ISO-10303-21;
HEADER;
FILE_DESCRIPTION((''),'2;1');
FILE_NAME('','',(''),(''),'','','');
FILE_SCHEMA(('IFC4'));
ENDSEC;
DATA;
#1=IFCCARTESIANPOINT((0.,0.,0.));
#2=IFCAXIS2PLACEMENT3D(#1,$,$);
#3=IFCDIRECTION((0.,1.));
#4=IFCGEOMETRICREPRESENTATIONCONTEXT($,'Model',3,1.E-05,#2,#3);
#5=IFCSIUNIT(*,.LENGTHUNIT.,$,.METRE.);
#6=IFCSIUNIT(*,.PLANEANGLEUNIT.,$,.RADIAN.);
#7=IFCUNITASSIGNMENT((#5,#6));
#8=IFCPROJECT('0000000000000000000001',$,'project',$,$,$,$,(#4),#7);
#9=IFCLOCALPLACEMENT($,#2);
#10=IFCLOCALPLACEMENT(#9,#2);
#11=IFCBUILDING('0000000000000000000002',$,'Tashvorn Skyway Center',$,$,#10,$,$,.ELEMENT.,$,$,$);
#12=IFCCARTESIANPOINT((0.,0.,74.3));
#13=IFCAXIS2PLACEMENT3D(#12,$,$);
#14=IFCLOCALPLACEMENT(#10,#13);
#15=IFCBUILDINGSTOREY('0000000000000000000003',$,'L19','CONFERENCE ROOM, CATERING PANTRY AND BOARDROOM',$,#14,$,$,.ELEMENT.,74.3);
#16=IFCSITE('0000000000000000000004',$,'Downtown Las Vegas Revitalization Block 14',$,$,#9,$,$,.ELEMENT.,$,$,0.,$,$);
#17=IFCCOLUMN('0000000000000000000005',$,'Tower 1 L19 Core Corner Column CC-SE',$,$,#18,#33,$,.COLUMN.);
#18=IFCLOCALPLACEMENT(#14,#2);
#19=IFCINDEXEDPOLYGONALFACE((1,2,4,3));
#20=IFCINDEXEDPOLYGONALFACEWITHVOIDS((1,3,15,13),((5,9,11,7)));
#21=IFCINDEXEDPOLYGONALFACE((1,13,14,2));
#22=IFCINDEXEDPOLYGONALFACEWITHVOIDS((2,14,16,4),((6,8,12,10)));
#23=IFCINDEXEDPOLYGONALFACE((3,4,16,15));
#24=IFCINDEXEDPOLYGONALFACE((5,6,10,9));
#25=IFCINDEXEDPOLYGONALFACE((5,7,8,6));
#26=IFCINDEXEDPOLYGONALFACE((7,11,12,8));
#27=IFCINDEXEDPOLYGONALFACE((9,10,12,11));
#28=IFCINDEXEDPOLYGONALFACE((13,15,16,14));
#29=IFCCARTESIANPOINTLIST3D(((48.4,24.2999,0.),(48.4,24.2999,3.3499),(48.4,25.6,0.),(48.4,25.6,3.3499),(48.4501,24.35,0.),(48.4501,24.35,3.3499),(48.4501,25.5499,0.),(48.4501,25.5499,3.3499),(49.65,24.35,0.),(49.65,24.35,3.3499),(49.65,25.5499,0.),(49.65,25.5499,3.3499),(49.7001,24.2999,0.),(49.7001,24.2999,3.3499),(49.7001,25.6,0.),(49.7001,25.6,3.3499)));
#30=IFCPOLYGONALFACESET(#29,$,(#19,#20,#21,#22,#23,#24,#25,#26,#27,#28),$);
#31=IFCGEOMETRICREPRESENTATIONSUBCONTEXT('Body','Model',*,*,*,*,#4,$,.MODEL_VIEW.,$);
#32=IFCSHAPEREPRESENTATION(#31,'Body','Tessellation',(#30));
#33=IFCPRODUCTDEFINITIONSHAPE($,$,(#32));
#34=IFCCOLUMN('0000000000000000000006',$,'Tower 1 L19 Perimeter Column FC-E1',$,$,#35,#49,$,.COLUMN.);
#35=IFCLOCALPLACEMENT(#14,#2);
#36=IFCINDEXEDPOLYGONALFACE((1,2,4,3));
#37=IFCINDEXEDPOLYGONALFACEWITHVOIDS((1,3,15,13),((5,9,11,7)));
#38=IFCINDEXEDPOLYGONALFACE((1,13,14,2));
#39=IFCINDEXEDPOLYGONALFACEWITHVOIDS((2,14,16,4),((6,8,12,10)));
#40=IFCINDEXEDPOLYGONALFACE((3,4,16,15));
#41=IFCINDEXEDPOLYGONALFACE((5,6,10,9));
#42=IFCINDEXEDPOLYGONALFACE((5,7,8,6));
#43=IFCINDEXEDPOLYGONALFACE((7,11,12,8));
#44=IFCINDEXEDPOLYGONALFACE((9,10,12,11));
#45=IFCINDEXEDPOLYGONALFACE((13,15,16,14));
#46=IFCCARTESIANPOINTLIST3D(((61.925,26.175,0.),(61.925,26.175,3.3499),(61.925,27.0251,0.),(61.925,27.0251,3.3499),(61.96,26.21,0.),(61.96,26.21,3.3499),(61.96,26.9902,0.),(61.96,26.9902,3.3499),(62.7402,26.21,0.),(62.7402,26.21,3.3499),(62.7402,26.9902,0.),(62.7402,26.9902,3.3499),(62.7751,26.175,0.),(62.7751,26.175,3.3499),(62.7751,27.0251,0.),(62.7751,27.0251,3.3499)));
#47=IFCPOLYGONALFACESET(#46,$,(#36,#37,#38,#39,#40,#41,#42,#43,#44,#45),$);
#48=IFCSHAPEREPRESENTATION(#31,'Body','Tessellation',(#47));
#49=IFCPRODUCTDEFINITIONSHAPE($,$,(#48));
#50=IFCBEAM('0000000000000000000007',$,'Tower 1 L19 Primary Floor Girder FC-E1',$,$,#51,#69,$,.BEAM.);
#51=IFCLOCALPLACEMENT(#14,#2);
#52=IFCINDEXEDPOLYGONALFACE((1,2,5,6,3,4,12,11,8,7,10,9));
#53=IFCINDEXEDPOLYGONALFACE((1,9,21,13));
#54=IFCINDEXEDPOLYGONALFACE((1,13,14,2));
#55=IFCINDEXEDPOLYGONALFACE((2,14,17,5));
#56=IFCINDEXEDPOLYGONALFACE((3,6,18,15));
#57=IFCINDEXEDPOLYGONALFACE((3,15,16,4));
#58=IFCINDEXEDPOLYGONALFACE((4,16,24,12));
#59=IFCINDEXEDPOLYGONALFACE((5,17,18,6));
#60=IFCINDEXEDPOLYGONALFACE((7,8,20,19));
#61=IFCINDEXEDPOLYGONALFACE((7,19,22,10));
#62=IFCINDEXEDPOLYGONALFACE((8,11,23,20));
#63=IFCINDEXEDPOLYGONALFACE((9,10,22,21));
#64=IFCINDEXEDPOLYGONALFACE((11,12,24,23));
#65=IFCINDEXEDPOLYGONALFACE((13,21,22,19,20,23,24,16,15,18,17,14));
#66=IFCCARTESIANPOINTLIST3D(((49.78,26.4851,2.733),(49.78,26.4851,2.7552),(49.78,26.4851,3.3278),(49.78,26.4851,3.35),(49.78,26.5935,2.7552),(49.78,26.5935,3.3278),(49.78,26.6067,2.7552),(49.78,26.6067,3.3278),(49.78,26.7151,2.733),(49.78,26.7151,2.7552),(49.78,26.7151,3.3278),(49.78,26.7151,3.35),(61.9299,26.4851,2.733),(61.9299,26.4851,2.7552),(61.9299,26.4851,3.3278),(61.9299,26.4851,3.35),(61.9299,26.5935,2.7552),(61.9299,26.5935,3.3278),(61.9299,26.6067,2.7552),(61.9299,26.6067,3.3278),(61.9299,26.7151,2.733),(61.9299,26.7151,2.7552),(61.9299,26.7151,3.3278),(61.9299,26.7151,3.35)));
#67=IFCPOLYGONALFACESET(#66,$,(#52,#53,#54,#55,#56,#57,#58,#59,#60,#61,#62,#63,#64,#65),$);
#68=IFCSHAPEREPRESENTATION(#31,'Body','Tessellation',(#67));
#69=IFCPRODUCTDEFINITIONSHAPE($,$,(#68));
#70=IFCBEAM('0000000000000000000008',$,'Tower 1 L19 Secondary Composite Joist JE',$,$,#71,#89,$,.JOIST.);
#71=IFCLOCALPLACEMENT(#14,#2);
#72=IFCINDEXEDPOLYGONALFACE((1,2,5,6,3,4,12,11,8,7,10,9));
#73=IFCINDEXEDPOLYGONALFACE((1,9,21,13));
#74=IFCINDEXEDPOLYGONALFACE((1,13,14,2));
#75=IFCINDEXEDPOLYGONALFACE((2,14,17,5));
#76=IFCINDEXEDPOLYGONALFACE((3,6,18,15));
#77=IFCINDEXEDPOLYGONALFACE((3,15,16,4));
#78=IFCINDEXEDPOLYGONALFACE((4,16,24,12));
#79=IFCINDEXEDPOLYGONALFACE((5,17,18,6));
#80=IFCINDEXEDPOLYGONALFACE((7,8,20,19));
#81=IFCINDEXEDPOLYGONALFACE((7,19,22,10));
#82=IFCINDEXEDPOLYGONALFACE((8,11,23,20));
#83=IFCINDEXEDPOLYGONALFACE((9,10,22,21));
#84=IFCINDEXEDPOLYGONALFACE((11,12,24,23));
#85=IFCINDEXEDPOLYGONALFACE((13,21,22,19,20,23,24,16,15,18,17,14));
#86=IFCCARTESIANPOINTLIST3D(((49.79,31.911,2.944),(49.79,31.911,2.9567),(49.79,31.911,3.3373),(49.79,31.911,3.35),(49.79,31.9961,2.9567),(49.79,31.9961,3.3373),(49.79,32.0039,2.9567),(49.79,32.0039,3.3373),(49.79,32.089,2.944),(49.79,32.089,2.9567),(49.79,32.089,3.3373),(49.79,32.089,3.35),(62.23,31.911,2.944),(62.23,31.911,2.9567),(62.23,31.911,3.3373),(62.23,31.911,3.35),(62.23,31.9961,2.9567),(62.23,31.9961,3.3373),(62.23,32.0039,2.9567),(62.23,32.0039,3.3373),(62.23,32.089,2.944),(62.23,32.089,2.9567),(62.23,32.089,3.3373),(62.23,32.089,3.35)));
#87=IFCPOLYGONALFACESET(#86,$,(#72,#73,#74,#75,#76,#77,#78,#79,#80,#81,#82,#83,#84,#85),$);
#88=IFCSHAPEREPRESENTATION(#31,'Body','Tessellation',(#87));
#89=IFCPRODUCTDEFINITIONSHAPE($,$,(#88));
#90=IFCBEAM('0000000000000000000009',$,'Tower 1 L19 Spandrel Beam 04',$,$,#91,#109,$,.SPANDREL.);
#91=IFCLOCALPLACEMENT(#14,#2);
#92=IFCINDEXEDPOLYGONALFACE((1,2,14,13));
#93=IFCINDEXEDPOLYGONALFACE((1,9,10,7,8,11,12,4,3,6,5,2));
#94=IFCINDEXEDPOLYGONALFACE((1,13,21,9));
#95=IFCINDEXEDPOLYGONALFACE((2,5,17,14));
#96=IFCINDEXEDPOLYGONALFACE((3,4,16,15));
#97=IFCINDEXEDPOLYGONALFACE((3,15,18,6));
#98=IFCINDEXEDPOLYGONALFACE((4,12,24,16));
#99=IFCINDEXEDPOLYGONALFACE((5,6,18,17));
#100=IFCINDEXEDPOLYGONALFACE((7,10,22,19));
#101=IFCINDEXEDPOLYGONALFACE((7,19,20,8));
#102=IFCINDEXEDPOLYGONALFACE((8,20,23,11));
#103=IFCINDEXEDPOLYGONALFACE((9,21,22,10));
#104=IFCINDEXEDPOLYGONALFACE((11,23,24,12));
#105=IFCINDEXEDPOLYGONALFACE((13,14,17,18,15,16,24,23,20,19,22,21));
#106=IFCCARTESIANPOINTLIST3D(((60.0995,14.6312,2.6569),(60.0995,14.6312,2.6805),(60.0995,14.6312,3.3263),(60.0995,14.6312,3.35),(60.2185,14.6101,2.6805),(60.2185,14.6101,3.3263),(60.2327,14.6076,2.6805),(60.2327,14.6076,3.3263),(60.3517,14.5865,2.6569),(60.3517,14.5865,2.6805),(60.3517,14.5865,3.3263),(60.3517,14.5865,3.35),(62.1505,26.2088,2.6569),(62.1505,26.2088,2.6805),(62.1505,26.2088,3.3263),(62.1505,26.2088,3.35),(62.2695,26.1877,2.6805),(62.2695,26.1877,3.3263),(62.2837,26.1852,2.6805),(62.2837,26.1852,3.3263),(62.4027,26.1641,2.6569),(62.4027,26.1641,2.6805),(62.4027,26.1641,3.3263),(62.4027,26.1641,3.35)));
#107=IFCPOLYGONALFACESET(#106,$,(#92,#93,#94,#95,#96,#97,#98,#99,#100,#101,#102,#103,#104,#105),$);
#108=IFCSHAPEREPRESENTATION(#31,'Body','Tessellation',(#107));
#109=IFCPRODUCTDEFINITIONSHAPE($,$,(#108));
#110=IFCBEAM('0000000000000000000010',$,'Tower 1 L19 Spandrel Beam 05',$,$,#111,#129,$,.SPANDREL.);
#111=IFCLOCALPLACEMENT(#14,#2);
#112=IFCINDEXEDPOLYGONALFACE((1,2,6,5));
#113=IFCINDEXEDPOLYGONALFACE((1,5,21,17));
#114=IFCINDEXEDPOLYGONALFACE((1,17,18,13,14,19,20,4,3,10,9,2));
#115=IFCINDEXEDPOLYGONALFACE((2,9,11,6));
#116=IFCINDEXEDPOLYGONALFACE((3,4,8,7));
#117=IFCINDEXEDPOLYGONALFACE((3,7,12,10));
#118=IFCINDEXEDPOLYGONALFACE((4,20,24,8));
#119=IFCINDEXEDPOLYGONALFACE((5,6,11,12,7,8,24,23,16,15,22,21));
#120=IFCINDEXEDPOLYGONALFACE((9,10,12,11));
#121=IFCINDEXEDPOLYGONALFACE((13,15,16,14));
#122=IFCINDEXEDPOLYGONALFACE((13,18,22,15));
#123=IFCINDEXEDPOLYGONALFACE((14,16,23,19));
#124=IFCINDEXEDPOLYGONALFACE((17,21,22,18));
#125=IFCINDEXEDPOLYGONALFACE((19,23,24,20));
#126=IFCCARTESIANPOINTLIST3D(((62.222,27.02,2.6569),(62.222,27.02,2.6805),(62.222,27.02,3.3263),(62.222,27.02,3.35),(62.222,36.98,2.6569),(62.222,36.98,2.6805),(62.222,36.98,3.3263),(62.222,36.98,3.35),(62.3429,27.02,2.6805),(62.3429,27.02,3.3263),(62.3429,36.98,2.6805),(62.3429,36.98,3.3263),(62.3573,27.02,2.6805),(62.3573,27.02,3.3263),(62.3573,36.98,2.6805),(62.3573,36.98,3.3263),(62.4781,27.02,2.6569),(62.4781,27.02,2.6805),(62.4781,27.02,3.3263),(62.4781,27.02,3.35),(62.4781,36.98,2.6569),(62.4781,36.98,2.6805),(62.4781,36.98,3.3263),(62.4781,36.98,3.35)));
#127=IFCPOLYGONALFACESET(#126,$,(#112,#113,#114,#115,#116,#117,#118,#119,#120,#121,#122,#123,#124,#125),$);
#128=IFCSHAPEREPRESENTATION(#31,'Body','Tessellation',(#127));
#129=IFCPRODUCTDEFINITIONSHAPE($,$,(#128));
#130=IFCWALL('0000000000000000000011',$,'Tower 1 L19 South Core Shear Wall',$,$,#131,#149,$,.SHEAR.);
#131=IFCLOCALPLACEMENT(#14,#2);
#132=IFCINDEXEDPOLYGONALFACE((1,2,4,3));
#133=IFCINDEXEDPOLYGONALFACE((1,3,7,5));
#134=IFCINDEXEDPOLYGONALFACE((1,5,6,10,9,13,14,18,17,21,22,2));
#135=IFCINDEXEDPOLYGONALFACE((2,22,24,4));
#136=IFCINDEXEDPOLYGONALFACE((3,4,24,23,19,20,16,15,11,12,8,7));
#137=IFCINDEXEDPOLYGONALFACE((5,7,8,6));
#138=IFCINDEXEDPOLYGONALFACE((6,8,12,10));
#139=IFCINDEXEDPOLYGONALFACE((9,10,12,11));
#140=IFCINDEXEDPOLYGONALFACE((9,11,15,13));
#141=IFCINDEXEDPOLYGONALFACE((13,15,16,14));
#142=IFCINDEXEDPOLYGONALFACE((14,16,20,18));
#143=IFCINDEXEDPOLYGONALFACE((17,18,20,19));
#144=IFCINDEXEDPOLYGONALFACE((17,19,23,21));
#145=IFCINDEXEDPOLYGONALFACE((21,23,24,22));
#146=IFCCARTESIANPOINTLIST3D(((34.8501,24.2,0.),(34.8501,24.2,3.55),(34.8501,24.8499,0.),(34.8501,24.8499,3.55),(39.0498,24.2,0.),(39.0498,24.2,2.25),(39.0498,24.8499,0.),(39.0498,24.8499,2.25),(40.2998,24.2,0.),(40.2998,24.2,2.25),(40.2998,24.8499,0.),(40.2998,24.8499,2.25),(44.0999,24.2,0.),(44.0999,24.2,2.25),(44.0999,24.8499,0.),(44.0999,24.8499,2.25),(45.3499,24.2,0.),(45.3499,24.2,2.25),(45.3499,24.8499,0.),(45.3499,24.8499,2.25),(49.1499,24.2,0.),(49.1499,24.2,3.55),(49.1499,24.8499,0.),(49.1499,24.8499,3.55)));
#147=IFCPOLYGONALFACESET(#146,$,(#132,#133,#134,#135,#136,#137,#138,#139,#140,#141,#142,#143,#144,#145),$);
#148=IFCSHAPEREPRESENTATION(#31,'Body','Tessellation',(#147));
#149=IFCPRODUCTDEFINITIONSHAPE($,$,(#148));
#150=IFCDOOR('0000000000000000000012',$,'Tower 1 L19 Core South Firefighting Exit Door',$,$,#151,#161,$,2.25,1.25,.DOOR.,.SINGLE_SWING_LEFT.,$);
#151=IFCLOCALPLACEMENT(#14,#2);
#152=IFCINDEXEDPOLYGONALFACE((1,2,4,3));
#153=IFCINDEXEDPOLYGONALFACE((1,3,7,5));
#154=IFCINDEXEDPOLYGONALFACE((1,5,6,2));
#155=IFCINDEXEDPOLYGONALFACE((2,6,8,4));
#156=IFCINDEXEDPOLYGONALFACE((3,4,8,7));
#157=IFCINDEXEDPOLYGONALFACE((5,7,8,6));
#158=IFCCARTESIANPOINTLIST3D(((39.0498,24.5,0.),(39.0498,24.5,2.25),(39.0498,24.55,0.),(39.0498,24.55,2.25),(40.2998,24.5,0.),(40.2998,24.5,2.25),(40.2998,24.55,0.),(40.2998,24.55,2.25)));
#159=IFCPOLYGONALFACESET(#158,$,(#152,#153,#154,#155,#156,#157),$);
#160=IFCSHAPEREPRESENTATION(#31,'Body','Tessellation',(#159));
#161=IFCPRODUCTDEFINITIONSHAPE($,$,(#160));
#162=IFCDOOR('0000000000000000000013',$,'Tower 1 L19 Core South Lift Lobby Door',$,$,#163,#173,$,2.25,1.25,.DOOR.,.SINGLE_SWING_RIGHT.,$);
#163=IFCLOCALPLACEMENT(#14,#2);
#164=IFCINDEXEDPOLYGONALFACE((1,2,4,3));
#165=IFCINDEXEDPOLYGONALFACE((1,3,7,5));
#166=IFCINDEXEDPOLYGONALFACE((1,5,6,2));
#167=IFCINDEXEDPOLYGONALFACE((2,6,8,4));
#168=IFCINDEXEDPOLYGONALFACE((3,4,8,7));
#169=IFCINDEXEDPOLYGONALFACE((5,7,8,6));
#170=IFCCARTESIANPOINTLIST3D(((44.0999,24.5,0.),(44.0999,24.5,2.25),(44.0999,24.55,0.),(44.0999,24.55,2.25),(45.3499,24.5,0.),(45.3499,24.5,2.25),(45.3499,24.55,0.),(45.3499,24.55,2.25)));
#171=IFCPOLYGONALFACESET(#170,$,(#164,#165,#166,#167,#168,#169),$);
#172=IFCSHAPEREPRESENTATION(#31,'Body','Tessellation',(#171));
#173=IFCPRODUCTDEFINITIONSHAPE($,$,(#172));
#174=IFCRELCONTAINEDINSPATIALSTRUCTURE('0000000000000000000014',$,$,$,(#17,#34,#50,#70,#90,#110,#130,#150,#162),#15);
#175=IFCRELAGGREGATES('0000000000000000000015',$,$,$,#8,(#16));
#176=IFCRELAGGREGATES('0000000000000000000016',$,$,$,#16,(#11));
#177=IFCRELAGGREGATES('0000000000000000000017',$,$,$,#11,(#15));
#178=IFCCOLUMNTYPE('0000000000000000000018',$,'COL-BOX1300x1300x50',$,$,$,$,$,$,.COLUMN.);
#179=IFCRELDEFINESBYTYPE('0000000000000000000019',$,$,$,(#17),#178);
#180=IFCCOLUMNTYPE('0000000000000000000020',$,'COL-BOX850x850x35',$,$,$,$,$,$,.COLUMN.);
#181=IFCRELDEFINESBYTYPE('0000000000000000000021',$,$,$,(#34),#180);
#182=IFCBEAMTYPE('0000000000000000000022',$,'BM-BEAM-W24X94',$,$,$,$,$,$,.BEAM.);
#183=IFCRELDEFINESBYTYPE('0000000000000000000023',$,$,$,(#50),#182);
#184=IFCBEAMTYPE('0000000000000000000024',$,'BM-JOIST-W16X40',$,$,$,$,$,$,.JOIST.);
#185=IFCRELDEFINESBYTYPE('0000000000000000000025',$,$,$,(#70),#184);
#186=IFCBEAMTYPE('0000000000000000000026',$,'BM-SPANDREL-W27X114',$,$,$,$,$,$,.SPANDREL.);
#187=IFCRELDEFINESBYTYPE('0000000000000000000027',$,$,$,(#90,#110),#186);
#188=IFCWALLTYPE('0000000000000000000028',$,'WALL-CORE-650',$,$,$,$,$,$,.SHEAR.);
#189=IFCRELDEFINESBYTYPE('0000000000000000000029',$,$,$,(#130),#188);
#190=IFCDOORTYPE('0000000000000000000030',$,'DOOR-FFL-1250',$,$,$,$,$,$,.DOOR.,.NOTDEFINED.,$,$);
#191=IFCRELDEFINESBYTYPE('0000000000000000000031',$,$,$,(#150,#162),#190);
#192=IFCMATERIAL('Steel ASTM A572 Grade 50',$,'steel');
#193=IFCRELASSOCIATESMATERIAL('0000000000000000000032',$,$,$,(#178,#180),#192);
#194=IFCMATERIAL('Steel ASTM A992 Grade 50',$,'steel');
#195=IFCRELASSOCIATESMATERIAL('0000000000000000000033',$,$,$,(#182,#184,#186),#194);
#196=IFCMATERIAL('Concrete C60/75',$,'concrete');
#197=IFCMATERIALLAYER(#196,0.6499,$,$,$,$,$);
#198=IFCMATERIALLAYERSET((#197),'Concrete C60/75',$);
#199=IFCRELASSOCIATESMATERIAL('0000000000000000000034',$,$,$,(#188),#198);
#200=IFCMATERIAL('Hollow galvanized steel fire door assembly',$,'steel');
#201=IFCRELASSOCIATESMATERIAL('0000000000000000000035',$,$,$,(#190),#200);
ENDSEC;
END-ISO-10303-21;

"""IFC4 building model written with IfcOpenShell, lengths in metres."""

from ifc_helpers import new_model, si_unit, direction, frame, frame_2d, origin, origin_2d, place, context, subcontext, project, spatial, rectangle, hollow_rectangle, i_section, extrude, material, layer, layer_set, material_profile, profile_set, type_object, element, fill, save


model = new_model("IFC4")

# Units and contexts
model_context = context("Model", 3, precision=1e-05, world=origin(), true_north=direction((0.0, 1.0)))
body_context = subcontext(model_context, "Body", "Model", "MODEL_VIEW")
ifc_project = project(units=[si_unit("LENGTHUNIT", "METRE"), si_unit("PLANEANGLEUNIT", "RADIAN")], contexts=[model_context])

# Site, building, storey
site_placement = place(None, origin())
site = spatial("IfcSite", under=ifc_project, at=site_placement, Name="Downtown Las Vegas Revitalization Block 14", CompositionType="ELEMENT", RefElevation=0.0)
building_placement = place(site_placement, origin())
building = spatial("IfcBuilding", under=site, at=building_placement, Name="Tashvorn Skyway Center", CompositionType="ELEMENT")
storey_placement = place(building_placement, frame((0.0, 0.0, 74.3)))
storey = spatial("IfcBuildingStorey", under=building, at=storey_placement, Name="L19", Description="CONFERENCE ROOM, CATERING PANTRY AND BOARDROOM", CompositionType="ELEMENT", Elevation=74.3)

# Columns
ifc_material_1 = material(Name="Steel ASTM A572 Grade 50", Category="steel")
ifc_material_profile_1 = material_profile(ifc_material_1, hollow_rectangle(XDim=1.3, YDim=1.3, WallThickness=0.05, at=origin_2d()), Name="BOX1300x1300x50")
ifc_profile_set_1 = profile_set([ifc_material_profile_1], Name="Steel ASTM A572 Grade 50")
column_type_1 = type_object("IfcColumnType", Name="COL-BOX1300x1300x50", PredefinedType="COLUMN", material=ifc_profile_set_1)
column_1_placement = place(storey_placement, frame((49.05, 24.95, 0.0), z_axis=(0.0, 0.0, 1.0), x_axis=(1.0, 0.0, 0.0)))
element("IfcColumn", 1, at=column_1_placement, inside=storey, type_object=column_type_1, Name="Tower 1 L19 Core Corner Column CC-SE", PredefinedType="COLUMN", context=body_context, shape_type="SweptSolid", body=[
    extrude(hollow_rectangle(XDim=1.3, YDim=1.3, WallThickness=0.05, at=origin_2d()), origin(), (0.0, 0.0, 1.0), 3.3499),
])
ifc_material_profile_2 = material_profile(ifc_material_1, hollow_rectangle(XDim=0.8501, YDim=0.8501, WallThickness=0.0349, at=origin_2d()), Name="BOX850x850x35")
ifc_profile_set_2 = profile_set([ifc_material_profile_2], Name="Steel ASTM A572 Grade 50")
column_type_2 = type_object("IfcColumnType", Name="COL-BOX850x850x35", PredefinedType="COLUMN", material=ifc_profile_set_2)
column_2_placement = place(storey_placement, frame((62.3501, 26.6001, 0.0), z_axis=(0.0, 0.0, 1.0), x_axis=(1.0, 0.0, 0.0)))
element("IfcColumn", 2, at=column_2_placement, inside=storey, type_object=column_type_2, Name="Tower 1 L19 Perimeter Column FC-E1", PredefinedType="COLUMN", context=body_context, shape_type="SweptSolid", body=[
    extrude(hollow_rectangle(XDim=0.8501, YDim=0.8501, WallThickness=0.0349, at=origin_2d()), origin(), (0.0, 0.0, 1.0), 3.3499),
])

# Beams
ifc_material_2 = material(Name="Steel ASTM A992 Grade 50", Category="steel")
ifc_material_profile_3 = material_profile(ifc_material_2, i_section(OverallWidth=0.23, OverallDepth=0.6169, WebThickness=0.0132, FlangeThickness=0.0222, at=origin_2d()), Name="W24X94")
ifc_profile_set_3 = profile_set([ifc_material_profile_3], Name="Steel ASTM A992 Grade 50")
beam_type_1 = type_object("IfcBeamType", Name="BM-BEAM-W24X94", PredefinedType="BEAM", material=ifc_profile_set_3)
beam_1_placement = place(storey_placement, frame((61.9299, 26.6001, 3.0415), z_axis=(-1.0, 0.0, 0.0), x_axis=(0.0, -1.0, 0.0)))
element("IfcBeam", 3, at=beam_1_placement, inside=storey, type_object=beam_type_1, Name="Tower 1 L19 Primary Floor Girder FC-E1", PredefinedType="BEAM", context=body_context, shape_type="SweptSolid", body=[
    extrude(i_section(OverallWidth=0.23, OverallDepth=0.6169, WebThickness=0.0132, FlangeThickness=0.0222, at=origin_2d()), origin(), (0.0, 0.0, 1.0), 12.1499),
])
ifc_material_profile_4 = material_profile(ifc_material_2, i_section(OverallWidth=0.178, OverallDepth=0.406, WebThickness=0.0078, FlangeThickness=0.0127, at=origin_2d()), Name="W16X40")
ifc_profile_set_4 = profile_set([ifc_material_profile_4], Name="Steel ASTM A992 Grade 50")
beam_type_2 = type_object("IfcBeamType", Name="BM-JOIST-W16X40", PredefinedType="JOIST", material=ifc_profile_set_4)
beam_2_placement = place(storey_placement, frame((49.79, 32.0, 3.147), z_axis=(1.0, 0.0, 0.0), x_axis=(0.0, 1.0, 0.0)))
element("IfcBeam", 4, at=beam_2_placement, inside=storey, type_object=beam_type_2, Name="Tower 1 L19 Secondary Composite Joist JE", PredefinedType="JOIST", context=body_context, shape_type="SweptSolid", body=[
    extrude(i_section(OverallWidth=0.178, OverallDepth=0.406, WebThickness=0.0078, FlangeThickness=0.0127, at=origin_2d()), origin(), (0.0, 0.0, 1.0), 12.4399),
])
ifc_material_profile_5 = material_profile(ifc_material_2, i_section(OverallWidth=0.2561, OverallDepth=0.6931, WebThickness=0.0144, FlangeThickness=0.0237, at=origin_2d()), Name="W27X114")
ifc_profile_set_5 = profile_set([ifc_material_profile_5], Name="Steel ASTM A992 Grade 50")
beam_type_3 = type_object("IfcBeamType", Name="BM-SPANDREL-W27X114", PredefinedType="SPANDREL", material=ifc_profile_set_5)
beam_3_placement = place(storey_placement, frame((60.2256, 14.6089, 3.0034), z_axis=(0.174438, 0.984668, 0.0), x_axis=(-0.984668, 0.174438, 0.0)))
element("IfcBeam", 5, at=beam_3_placement, inside=storey, type_object=beam_type_3, Name="Tower 1 L19 Spandrel Beam 04", PredefinedType="SPANDREL", context=body_context, shape_type="SweptSolid", body=[
    extrude(i_section(OverallWidth=0.2561, OverallDepth=0.6931, WebThickness=0.0144, FlangeThickness=0.0237, at=origin_2d()), origin(), (0.0, 0.0, 1.0), 11.7578),
])
beam_4_placement = place(storey_placement, frame((62.3501, 27.02, 3.0034), z_axis=(0.0, 1.0, 0.0), x_axis=(-1.0, 0.0, 0.0)))
element("IfcBeam", 6, at=beam_4_placement, inside=storey, type_object=beam_type_3, Name="Tower 1 L19 Spandrel Beam 05", PredefinedType="SPANDREL", context=body_context, shape_type="SweptSolid", body=[
    extrude(i_section(OverallWidth=0.2561, OverallDepth=0.6931, WebThickness=0.0144, FlangeThickness=0.0237, at=origin_2d()), origin(), (0.0, 0.0, 1.0), 9.96),
])

# Wall, openings, doors
ifc_material_3 = material(Name="Concrete C60/75", Category="concrete")
ifc_layer_1 = layer(ifc_material_3, 0.6499)
ifc_layer_set_1 = layer_set([ifc_layer_1], Name="Concrete C60/75")
wall_type_1 = type_object("IfcWallType", Name="WALL-CORE-650", PredefinedType="SHEAR", material=ifc_layer_set_1)
wall_1_placement = place(storey_placement, frame((49.1499, 24.5249, 0.0), z_axis=(0.0, 0.0, 1.0), x_axis=(-1.0, 0.0, 0.0)))
wall_1 = element("IfcWall", 7, at=wall_1_placement, inside=storey, type_object=wall_type_1, Name="Tower 1 L19 South Core Shear Wall", PredefinedType="SHEAR", context=body_context, shape_type="SweptSolid", body=[
    extrude(rectangle(XDim=14.2998, YDim=0.6499, at=frame_2d((7.1499, 0.0))), origin(), (0.0, 0.0, 1.0), 3.55),
])
opening_1_placement = place(wall_1_placement, frame((8.8501, 0.0, 0.0)))
opening_1 = element("IfcOpeningElement", 8, at=opening_1_placement, cuts=wall_1, PredefinedType="OPENING", context=body_context, shape_type="SweptSolid", body=[
    extrude(rectangle(XDim=1.25, YDim=2.25, at=frame_2d((0.625, 1.125))), frame((0.0, 0.335, 0.0), z_axis=(0.0, -1.0, 0.0), x_axis=(1.0, 0.0, 0.0)), (0.0, 0.0, 1.0), 0.6699),
])
opening_2_placement = place(wall_1_placement, frame((3.8, 0.0, 0.0)))
opening_2 = element("IfcOpeningElement", 9, at=opening_2_placement, cuts=wall_1, PredefinedType="OPENING", context=body_context, shape_type="SweptSolid", body=[
    extrude(rectangle(XDim=1.25, YDim=2.25, at=frame_2d((0.625, 1.125))), frame((0.0, 0.335, 0.0), z_axis=(0.0, -1.0, 0.0), x_axis=(1.0, 0.0, 0.0)), (0.0, 0.0, 1.0), 0.6699),
])
ifc_material_4 = material(Name="Hollow galvanized steel fire door assembly", Category="steel")
door_type_1 = type_object("IfcDoorType", Name="DOOR-FFL-1250", OperationType="NOTDEFINED", PredefinedType="DOOR", material=ifc_material_4)
door_1_placement = place(opening_1_placement, origin())
door_1 = element("IfcDoor", 10, at=door_1_placement, inside=storey, type_object=door_type_1, Name="Tower 1 L19 Core South Firefighting Exit Door", OperationType="SINGLE_SWING_LEFT", OverallHeight=2.25, OverallWidth=1.25, PredefinedType="DOOR", context=body_context, shape_type="SweptSolid", body=[
    extrude(rectangle(XDim=1.25, YDim=2.25, at=frame_2d((0.625, 1.125))), frame((0.0, 0.0249, 0.0), z_axis=(0.0, -1.0, 0.0), x_axis=(1.0, 0.0, 0.0)), (0.0, 0.0, 1.0), 0.05),
])
fill(opening_1, door_1)
door_2_placement = place(opening_2_placement, origin())
door_2 = element("IfcDoor", 11, at=door_2_placement, inside=storey, type_object=door_type_1, Name="Tower 1 L19 Core South Lift Lobby Door", OperationType="SINGLE_SWING_RIGHT", OverallHeight=2.25, OverallWidth=1.25, PredefinedType="DOOR", context=body_context, shape_type="SweptSolid", body=[
    extrude(rectangle(XDim=1.25, YDim=2.25, at=frame_2d((0.625, 1.125))), frame((0.0, 0.0249, 0.0), z_axis=(0.0, -1.0, 0.0), x_axis=(1.0, 0.0, 0.0)), (0.0, 0.0, 1.0), 0.05),
])
fill(opening_2, door_2)

save(model, "model.ifc")
